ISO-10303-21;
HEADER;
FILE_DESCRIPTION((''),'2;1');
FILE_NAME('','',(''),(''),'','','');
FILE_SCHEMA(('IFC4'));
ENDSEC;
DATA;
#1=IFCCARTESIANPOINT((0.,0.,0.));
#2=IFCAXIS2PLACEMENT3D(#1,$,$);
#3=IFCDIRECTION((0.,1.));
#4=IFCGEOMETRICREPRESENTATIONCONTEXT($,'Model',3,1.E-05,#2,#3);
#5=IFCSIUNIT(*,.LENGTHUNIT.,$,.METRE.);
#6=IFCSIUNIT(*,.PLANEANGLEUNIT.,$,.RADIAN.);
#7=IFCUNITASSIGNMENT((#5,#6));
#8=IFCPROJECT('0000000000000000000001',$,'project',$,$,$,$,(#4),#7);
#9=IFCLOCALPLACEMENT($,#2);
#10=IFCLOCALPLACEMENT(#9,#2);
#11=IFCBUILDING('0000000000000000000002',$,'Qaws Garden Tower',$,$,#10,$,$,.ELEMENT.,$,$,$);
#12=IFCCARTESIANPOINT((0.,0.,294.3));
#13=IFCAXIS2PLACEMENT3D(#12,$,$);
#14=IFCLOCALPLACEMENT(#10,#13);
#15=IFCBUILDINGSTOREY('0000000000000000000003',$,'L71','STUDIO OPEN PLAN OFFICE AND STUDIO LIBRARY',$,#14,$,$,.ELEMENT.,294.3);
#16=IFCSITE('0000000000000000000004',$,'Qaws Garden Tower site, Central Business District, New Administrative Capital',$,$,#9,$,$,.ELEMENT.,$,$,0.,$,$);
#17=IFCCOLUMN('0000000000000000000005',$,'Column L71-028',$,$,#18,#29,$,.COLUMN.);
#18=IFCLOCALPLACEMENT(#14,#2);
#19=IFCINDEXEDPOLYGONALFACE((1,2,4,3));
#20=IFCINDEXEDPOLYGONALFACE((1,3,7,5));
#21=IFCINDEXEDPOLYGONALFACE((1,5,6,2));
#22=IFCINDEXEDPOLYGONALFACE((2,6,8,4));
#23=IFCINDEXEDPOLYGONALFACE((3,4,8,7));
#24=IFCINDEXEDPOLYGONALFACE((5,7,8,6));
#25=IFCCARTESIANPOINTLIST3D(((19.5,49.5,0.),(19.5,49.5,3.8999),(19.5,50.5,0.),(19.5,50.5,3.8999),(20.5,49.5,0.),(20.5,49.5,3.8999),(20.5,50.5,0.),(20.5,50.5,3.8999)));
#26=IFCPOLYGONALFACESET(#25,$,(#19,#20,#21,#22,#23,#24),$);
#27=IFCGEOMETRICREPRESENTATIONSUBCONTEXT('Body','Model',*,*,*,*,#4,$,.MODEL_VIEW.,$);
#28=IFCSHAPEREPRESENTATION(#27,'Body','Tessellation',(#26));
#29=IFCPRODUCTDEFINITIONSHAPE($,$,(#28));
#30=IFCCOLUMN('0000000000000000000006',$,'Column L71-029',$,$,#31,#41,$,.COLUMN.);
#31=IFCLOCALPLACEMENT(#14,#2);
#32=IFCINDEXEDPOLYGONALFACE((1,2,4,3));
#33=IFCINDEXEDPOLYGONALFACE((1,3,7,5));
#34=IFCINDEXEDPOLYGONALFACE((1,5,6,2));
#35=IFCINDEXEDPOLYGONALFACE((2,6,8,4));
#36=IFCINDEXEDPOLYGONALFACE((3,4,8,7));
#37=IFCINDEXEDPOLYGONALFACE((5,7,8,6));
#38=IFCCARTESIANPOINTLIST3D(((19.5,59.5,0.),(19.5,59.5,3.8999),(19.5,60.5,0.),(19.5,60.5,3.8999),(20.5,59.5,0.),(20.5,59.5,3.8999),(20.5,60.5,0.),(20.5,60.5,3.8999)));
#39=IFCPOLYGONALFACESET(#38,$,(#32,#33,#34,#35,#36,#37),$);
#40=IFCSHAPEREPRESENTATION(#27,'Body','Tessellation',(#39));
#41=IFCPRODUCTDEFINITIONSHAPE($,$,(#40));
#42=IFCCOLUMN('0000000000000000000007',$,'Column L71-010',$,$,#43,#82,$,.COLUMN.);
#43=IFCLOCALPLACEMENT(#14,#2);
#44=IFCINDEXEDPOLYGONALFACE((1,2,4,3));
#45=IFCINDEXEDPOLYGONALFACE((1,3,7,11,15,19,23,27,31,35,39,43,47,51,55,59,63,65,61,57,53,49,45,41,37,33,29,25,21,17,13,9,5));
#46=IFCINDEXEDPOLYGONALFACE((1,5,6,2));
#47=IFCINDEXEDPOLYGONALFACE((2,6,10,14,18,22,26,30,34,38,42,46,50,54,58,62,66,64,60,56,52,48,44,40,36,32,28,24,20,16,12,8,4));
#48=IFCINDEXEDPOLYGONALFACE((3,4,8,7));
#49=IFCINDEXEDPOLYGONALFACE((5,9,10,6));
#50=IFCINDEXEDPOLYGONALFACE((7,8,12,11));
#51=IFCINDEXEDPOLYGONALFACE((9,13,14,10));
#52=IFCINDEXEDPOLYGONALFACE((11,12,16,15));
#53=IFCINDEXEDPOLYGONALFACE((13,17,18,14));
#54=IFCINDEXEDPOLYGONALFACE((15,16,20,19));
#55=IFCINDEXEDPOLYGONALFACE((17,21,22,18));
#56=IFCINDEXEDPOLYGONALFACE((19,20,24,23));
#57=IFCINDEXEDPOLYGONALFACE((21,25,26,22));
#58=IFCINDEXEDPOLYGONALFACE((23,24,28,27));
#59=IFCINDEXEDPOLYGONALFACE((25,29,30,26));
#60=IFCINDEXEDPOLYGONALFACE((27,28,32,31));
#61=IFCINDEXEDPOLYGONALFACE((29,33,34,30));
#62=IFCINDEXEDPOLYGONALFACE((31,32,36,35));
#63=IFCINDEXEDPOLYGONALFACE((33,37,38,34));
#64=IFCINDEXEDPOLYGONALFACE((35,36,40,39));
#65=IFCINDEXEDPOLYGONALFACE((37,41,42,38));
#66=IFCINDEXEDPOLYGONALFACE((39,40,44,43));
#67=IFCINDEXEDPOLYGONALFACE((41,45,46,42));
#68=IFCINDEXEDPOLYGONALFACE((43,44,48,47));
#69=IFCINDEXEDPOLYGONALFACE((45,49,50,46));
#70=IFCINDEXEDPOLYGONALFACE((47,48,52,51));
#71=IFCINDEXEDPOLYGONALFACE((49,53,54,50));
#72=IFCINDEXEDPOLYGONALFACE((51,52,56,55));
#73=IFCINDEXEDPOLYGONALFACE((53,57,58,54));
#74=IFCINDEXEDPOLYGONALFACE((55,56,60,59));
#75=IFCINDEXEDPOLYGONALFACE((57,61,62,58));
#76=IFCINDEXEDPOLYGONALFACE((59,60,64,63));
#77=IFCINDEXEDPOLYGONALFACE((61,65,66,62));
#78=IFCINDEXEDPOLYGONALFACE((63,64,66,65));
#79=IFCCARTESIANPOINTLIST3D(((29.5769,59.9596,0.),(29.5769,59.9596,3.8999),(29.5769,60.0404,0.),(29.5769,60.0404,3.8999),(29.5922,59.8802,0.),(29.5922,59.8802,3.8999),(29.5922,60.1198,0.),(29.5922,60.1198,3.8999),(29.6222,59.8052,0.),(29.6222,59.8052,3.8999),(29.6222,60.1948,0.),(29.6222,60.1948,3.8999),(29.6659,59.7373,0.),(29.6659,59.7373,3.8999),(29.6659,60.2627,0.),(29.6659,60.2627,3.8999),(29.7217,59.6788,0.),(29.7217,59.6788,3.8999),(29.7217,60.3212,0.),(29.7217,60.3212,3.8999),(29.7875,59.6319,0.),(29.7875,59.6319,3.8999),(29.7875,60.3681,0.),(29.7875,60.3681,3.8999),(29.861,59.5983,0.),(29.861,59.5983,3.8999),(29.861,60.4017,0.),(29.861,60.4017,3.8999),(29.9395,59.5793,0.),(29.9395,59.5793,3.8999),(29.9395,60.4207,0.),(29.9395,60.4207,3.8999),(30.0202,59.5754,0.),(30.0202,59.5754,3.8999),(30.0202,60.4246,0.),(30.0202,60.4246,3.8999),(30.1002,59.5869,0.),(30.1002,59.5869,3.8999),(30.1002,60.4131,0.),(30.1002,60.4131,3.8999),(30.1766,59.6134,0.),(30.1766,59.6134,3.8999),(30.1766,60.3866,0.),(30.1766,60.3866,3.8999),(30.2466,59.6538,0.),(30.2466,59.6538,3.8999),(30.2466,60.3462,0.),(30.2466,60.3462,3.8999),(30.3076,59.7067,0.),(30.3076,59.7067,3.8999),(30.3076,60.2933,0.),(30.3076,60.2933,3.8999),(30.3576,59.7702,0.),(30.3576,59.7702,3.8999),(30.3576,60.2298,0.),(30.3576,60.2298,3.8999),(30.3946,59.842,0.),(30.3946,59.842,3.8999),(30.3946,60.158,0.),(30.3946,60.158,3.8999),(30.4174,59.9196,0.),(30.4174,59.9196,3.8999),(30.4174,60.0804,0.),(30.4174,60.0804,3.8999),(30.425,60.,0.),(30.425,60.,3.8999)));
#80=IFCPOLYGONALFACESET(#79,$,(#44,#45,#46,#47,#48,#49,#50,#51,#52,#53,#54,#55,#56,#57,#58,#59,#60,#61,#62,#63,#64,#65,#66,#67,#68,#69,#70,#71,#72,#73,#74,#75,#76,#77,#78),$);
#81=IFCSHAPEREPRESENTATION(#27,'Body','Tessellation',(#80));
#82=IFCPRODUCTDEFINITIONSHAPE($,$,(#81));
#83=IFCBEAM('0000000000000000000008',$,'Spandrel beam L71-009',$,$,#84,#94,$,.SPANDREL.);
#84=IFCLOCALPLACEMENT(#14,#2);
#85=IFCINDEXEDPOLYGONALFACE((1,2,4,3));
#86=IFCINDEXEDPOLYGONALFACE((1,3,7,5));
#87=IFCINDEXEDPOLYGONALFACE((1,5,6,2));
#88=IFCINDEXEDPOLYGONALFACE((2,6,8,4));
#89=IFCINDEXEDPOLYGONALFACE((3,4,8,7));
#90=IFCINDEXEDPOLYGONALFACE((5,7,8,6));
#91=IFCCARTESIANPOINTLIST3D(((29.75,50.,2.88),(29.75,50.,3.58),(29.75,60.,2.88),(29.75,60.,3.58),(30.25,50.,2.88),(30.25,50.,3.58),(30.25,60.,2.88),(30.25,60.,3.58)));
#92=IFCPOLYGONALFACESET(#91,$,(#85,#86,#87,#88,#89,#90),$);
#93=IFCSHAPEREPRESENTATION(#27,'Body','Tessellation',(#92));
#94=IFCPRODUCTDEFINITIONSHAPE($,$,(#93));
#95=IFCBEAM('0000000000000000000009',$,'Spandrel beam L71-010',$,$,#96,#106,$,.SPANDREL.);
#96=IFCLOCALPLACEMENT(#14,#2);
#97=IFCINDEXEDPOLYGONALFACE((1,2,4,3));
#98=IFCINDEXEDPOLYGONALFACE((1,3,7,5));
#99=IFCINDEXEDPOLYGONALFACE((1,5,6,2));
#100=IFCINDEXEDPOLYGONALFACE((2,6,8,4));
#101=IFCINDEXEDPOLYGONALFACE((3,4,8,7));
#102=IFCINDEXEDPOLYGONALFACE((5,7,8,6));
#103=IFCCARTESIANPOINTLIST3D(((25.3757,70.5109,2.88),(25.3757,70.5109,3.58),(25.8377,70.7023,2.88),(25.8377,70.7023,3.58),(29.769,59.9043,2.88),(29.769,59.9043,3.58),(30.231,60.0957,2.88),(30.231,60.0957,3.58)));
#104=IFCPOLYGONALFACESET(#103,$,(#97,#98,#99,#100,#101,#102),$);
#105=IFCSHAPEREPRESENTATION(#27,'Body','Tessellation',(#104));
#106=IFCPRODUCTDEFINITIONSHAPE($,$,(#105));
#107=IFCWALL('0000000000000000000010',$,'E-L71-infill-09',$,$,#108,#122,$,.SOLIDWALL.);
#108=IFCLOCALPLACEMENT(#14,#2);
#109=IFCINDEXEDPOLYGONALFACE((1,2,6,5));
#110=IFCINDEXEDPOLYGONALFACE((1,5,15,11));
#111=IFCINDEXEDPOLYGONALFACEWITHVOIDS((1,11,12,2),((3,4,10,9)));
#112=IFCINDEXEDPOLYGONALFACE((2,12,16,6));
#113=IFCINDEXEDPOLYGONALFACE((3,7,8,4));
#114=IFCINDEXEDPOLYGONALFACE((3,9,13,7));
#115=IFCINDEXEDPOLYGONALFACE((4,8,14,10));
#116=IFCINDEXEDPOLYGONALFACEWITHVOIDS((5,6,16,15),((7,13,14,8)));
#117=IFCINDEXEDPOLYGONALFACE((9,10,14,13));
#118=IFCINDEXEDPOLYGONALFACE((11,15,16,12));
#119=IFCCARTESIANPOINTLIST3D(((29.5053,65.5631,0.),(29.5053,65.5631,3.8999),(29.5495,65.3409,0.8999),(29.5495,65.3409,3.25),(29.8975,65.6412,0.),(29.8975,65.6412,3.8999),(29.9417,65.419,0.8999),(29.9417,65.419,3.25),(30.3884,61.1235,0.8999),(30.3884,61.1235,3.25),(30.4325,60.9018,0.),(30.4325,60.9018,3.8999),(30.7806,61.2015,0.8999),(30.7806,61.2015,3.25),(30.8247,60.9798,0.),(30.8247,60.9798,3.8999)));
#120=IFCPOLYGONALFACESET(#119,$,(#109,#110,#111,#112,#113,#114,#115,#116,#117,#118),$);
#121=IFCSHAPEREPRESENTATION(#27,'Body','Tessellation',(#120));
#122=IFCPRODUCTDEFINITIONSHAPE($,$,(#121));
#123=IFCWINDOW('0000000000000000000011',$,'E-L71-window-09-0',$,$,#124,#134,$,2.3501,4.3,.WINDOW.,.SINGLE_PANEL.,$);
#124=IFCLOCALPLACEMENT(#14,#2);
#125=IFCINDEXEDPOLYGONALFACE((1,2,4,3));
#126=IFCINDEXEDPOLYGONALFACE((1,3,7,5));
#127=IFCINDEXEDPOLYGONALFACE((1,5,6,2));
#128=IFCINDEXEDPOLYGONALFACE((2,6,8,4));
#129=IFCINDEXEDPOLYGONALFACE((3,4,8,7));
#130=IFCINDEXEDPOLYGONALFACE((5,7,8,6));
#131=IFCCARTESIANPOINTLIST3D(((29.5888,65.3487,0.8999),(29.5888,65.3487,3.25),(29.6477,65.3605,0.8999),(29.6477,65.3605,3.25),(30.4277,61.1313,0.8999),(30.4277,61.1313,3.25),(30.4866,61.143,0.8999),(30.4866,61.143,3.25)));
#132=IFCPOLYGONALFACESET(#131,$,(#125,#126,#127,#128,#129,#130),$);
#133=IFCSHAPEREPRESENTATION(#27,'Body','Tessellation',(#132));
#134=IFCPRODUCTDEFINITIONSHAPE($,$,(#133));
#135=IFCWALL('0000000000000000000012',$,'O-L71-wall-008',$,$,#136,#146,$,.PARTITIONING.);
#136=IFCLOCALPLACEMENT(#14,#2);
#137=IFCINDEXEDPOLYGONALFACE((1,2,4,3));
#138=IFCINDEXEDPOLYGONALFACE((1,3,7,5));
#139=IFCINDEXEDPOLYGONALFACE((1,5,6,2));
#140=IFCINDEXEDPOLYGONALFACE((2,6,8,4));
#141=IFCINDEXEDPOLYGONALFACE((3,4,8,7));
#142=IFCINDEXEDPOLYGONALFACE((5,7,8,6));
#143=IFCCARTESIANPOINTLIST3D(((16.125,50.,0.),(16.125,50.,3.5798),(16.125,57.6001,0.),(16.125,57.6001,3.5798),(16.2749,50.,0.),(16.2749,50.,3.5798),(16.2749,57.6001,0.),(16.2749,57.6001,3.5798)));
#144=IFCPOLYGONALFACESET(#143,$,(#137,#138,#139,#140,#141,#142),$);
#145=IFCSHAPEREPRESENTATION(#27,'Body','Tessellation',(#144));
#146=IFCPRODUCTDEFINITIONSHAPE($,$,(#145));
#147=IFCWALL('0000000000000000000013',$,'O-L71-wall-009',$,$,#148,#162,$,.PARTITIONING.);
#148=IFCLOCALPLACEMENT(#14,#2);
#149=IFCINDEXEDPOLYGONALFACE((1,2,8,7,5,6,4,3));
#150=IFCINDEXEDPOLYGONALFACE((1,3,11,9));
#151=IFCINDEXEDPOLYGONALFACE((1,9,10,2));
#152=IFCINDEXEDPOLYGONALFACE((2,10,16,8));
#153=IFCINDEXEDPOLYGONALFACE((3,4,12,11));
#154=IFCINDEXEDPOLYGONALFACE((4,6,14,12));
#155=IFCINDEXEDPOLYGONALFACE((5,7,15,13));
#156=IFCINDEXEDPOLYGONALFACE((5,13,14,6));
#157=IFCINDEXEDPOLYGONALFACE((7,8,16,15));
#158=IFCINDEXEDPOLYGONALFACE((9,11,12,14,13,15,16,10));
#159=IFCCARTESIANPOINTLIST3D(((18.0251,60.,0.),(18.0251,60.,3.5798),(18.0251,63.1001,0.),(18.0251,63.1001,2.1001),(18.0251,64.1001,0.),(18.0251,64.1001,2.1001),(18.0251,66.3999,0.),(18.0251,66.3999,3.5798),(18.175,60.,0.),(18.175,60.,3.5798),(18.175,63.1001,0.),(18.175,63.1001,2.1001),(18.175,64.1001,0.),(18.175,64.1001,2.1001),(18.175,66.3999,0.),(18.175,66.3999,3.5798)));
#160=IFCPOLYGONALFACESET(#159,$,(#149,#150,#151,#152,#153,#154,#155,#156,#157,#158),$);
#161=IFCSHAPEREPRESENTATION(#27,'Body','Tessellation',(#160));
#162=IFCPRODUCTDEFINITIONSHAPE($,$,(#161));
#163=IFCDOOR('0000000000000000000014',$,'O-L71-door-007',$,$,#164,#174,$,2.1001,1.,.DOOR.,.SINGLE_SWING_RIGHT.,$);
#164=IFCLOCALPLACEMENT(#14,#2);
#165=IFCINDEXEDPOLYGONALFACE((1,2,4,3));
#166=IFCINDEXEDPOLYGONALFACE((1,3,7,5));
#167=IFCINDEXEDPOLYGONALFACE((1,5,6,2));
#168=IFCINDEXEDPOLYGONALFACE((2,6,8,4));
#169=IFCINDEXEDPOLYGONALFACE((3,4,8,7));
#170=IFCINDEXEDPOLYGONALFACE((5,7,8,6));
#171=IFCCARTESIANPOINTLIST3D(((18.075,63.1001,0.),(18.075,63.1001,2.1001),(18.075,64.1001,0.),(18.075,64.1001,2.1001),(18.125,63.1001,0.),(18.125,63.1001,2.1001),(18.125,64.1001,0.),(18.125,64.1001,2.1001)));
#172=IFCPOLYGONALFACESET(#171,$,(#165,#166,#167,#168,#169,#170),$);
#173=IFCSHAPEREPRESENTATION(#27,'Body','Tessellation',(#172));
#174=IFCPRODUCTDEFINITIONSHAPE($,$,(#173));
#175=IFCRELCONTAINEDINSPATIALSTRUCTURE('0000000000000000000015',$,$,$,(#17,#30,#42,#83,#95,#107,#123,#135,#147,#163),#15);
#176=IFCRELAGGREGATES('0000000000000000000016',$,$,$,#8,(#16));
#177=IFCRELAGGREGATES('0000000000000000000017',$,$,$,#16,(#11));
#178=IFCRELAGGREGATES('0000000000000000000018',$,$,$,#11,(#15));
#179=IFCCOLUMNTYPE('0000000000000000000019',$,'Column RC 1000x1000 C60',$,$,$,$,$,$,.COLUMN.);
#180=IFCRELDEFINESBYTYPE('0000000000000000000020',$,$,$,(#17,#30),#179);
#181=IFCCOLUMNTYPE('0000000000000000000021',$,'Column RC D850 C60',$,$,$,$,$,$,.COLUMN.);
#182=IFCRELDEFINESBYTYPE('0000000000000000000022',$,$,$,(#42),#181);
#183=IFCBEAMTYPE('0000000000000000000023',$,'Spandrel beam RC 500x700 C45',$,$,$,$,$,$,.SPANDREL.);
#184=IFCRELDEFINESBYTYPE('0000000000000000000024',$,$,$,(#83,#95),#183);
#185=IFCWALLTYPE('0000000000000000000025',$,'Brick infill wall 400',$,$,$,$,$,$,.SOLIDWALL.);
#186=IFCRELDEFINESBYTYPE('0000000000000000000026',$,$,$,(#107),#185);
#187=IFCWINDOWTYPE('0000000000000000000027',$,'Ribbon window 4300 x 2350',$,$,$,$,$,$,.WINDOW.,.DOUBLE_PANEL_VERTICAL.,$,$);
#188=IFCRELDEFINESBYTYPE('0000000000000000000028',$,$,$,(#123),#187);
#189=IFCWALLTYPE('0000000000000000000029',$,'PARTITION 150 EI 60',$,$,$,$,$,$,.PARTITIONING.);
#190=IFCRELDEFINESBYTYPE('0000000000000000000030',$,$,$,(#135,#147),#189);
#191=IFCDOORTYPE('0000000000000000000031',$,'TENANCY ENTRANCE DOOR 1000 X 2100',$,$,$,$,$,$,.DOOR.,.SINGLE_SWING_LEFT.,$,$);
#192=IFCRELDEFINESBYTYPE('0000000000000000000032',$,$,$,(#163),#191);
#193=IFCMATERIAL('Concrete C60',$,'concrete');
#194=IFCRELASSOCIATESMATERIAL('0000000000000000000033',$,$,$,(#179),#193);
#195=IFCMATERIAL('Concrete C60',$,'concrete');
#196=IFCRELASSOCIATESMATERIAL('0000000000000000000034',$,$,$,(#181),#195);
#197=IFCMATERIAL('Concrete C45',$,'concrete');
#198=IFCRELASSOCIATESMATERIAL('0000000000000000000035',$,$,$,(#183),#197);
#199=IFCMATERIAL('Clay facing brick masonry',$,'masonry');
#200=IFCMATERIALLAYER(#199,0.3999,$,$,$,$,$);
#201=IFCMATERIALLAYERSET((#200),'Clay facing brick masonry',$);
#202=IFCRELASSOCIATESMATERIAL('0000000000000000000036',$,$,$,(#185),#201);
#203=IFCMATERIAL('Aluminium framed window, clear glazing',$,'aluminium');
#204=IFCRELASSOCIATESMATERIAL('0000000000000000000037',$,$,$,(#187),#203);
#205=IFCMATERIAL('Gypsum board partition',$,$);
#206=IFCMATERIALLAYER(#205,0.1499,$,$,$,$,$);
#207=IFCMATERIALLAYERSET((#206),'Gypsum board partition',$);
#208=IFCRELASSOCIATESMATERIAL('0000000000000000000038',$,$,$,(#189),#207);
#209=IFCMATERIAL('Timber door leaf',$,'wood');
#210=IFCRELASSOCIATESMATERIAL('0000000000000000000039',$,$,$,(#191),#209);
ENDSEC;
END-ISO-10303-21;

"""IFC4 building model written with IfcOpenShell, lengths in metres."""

from ifc_helpers import new_model, si_unit, direction, frame, frame_2d, origin, origin_2d, place, context, subcontext, project, spatial, rectangle, circle, extrude, material, layer, layer_set, material_profile, profile_set, type_object, element, fill, save


model = new_model("IFC4")

# Units and contexts
model_context = context("Model", 3, precision=1e-05, world=origin(), true_north=direction((0.0, 1.0)))
body_context = subcontext(model_context, "Body", "Model", "MODEL_VIEW")
ifc_project = project(units=[si_unit("LENGTHUNIT", "METRE"), si_unit("PLANEANGLEUNIT", "RADIAN")], contexts=[model_context])

# Site, building, storey
site_placement = place(None, origin())
site = spatial("IfcSite", under=ifc_project, at=site_placement, Name="Qaws Garden Tower site, Central Business District, New Administrative Capital", CompositionType="ELEMENT", RefElevation=0.0)
building_placement = place(site_placement, origin())
building = spatial("IfcBuilding", under=site, at=building_placement, Name="Qaws Garden Tower", CompositionType="ELEMENT")
storey_placement = place(building_placement, frame((0.0, 0.0, 294.3)))
storey = spatial("IfcBuildingStorey", under=building, at=storey_placement, Name="L71", Description="STUDIO OPEN PLAN OFFICE AND STUDIO LIBRARY", CompositionType="ELEMENT", Elevation=294.3)

# Columns
ifc_material_1 = material(Name="Concrete C60", Category="concrete")
ifc_material_profile_1 = material_profile(ifc_material_1, rectangle(XDim=1.0, YDim=1.0, at=origin_2d()), Name="RC 1000x1000")
ifc_profile_set_1 = profile_set([ifc_material_profile_1], Name="Concrete C60")
column_type_1 = type_object("IfcColumnType", Name="Column RC 1000x1000 C60", PredefinedType="COLUMN", material=ifc_profile_set_1)
for number, where, z_axis, x_axis, name in (
    (1, (20.0, 50.0, 0.0), (0.0, 0.0, 1.0), (1.0, 0.0, 0.0), "Column L71-028"),
    (2, (20.0, 60.0, 0.0), (0.0, 0.0, 1.0), (1.0, 0.0, 0.0), "Column L71-029"),
):
    element("IfcColumn", number, at=place(storey_placement, frame(where, z_axis=z_axis, x_axis=x_axis)), inside=storey, type_object=column_type_1, Name=name, PredefinedType="COLUMN", context=body_context, shape_type="SweptSolid", body=[
        extrude(rectangle(XDim=1.0, YDim=1.0, at=origin_2d()), origin(), (0.0, 0.0, 1.0), 3.8999),
    ])
ifc_material_2 = material(Name="Concrete C60", Category="concrete")
ifc_material_profile_2 = material_profile(ifc_material_2, circle(Radius=0.425, at=origin_2d()), Name="RC D850")
ifc_profile_set_2 = profile_set([ifc_material_profile_2], Name="Concrete C60")
column_type_2 = type_object("IfcColumnType", Name="Column RC D850 C60", PredefinedType="COLUMN", material=ifc_profile_set_2)
column_placement = place(storey_placement, frame((30.0, 60.0, 0.0), z_axis=(0.0, 0.0, 1.0), x_axis=(1.0, 0.0, 0.0)))
element("IfcColumn", 3, at=column_placement, inside=storey, type_object=column_type_2, Name="Column L71-010", PredefinedType="COLUMN", context=body_context, shape_type="SweptSolid", body=[
    extrude(circle(Radius=0.425, at=origin_2d()), origin(), (0.0, 0.0, 1.0), 3.8999),
])

# Beams
ifc_material_3 = material(Name="Concrete C45", Category="concrete")
ifc_material_profile_3 = material_profile(ifc_material_3, rectangle(XDim=0.5, YDim=0.7, at=origin_2d()), Name="RC 500x700")
ifc_profile_set_3 = profile_set([ifc_material_profile_3], Name="Concrete C45")
beam_type = type_object("IfcBeamType", Name="Spandrel beam RC 500x700 C45", PredefinedType="SPANDREL", material=ifc_profile_set_3)
beam_1_placement = place(storey_placement, frame((30.0, 50.0, 3.23), z_axis=(0.0, 1.0, 0.0), x_axis=(-1.0, 0.0, 0.0)))
element("IfcBeam", 4, at=beam_1_placement, inside=storey, type_object=beam_type, Name="Spandrel beam L71-009", PredefinedType="SPANDREL", context=body_context, shape_type="SweptSolid", body=[
    extrude(rectangle(XDim=0.5, YDim=0.7, at=origin_2d()), origin(), (0.0, 0.0, 1.0), 10.0),
])
beam_2_placement = place(storey_placement, frame((30.0, 60.0, 3.23), z_axis=(-0.382674, 0.923883, 0.0), x_axis=(-0.923883, -0.382674, 0.0)))
element("IfcBeam", 5, at=beam_2_placement, inside=storey, type_object=beam_type, Name="Spandrel beam L71-010", PredefinedType="SPANDREL", context=body_context, shape_type="SweptSolid", body=[
    extrude(rectangle(XDim=0.5, YDim=0.7, at=origin_2d()), origin(), (0.0, 0.0, 1.0), 11.4805),
])

# Wall, opening, window
ifc_material_4 = material(Name="Clay facing brick masonry", Category="masonry")
ifc_layer_1 = layer(ifc_material_4, 0.3999)
ifc_layer_set_1 = layer_set([ifc_layer_1], Name="Clay facing brick masonry")
wall_type_1 = type_object("IfcWallType", Name="Brick infill wall 400", PredefinedType="SOLIDWALL", material=ifc_layer_set_1)
wall_1_placement = place(storey_placement, frame((30.6287, 60.9407, 0.0), z_axis=(0.0, 0.0, 1.0), x_axis=(-0.195099, 0.980784, 0.0)))
wall_1 = element("IfcWall", 6, at=wall_1_placement, inside=storey, type_object=wall_type_1, Name="E-L71-infill-09", PredefinedType="SOLIDWALL", context=body_context, shape_type="SweptSolid", body=[
    extrude(rectangle(XDim=4.7527, YDim=0.3999, at=frame_2d((2.3765, 0.0))), origin(), (0.0, 0.0, 1.0), 3.8999),
])
opening_1_placement = place(wall_1_placement, frame((0.2263, 0.0, 0.8999)))
opening_1 = element("IfcOpeningElement", 7, at=opening_1_placement, cuts=wall_1, PredefinedType="OPENING", context=body_context, shape_type="SweptSolid", body=[
    extrude(rectangle(XDim=4.3, YDim=2.3501, at=frame_2d((2.1499, 1.175))), frame((0.0, 0.21, 0.0), z_axis=(0.0, -1.0, 0.0), x_axis=(1.0, 0.0, 0.0)), (0.0, 0.0, 1.0), 0.4199),
])
ifc_material_5 = material(Name="Aluminium framed window, clear glazing", Category="aluminium")
window_type = type_object("IfcWindowType", Name="Ribbon window 4300 x 2350", PartitioningType="DOUBLE_PANEL_VERTICAL", PredefinedType="WINDOW", material=ifc_material_5)
window_placement = place(opening_1_placement, origin())
window = element("IfcWindow", 8, at=window_placement, inside=storey, type_object=window_type, Name="E-L71-window-09-0", OverallHeight=2.3501, OverallWidth=4.3, PartitioningType="SINGLE_PANEL", PredefinedType="WINDOW", context=body_context, shape_type="SweptSolid", body=[
    extrude(rectangle(XDim=4.3, YDim=2.3501, at=frame_2d((2.1499, 1.175))), frame((0.0, 0.1599, 0.0), z_axis=(0.0, -1.0, 0.0), x_axis=(1.0, 0.0, 0.0)), (0.0, 0.0, 1.0), 0.0601),
])
fill(opening_1, window)

# Wall
ifc_material_6 = material(Name="Gypsum board partition")
ifc_layer_2 = layer(ifc_material_6, 0.1499)
ifc_layer_set_2 = layer_set([ifc_layer_2], Name="Gypsum board partition")
wall_type_2 = type_object("IfcWallType", Name="PARTITION 150 EI 60", PredefinedType="PARTITIONING", material=ifc_layer_set_2)
wall_2_placement = place(storey_placement, frame((16.2, 50.0, 0.0), z_axis=(0.0, 0.0, 1.0), x_axis=(0.0, 1.0, 0.0)))
element("IfcWall", 9, at=wall_2_placement, inside=storey, type_object=wall_type_2, Name="O-L71-wall-008", PredefinedType="PARTITIONING", context=body_context, shape_type="SweptSolid", body=[
    extrude(rectangle(XDim=7.6001, YDim=0.1499, at=frame_2d((3.8, 0.0))), origin(), (0.0, 0.0, 1.0), 3.5798),
])

# Wall, opening, door
wall_3_placement = place(storey_placement, frame((18.1001, 60.0, 0.0), z_axis=(0.0, 0.0, 1.0), x_axis=(0.0, 1.0, 0.0)))
wall_3 = element("IfcWall", 10, at=wall_3_placement, inside=storey, type_object=wall_type_2, Name="O-L71-wall-009", PredefinedType="PARTITIONING", context=body_context, shape_type="SweptSolid", body=[
    extrude(rectangle(XDim=6.3999, YDim=0.1499, at=frame_2d((3.2, 0.0))), origin(), (0.0, 0.0, 1.0), 3.5798),
])
opening_2_placement = place(wall_3_placement, frame((3.1001, 0.0, 0.0)))
opening_2 = element("IfcOpeningElement", 11, at=opening_2_placement, cuts=wall_3, PredefinedType="OPENING", context=body_context, shape_type="SweptSolid", body=[
    extrude(rectangle(XDim=1.0, YDim=2.1001, at=frame_2d((0.5, 1.05))), frame((0.0, 0.085, 0.0), z_axis=(0.0, -1.0, 0.0), x_axis=(1.0, 0.0, 0.0)), (0.0, 0.0, 1.0), 0.1699),
])
ifc_material_7 = material(Name="Timber door leaf", Category="wood")
door_type = type_object("IfcDoorType", Name="TENANCY ENTRANCE DOOR 1000 X 2100", OperationType="SINGLE_SWING_LEFT", PredefinedType="DOOR", material=ifc_material_7)
door_1_placement = place(opening_2_placement, frame((1.0, 0.0, 0.0), z_axis=(0.0, 0.0, 1.0), x_axis=(-1.0, 0.0, 0.0)))
door_1 = element("IfcDoor", 12, at=door_1_placement, inside=storey, type_object=door_type, Name="O-L71-door-007", OperationType="SINGLE_SWING_RIGHT", OverallHeight=2.1001, OverallWidth=1.0, PredefinedType="DOOR", context=body_context, shape_type="SweptSolid", body=[
    extrude(rectangle(XDim=1.0, YDim=2.1001, at=frame_2d((0.5, 1.05))), frame((0.0, 0.0249, 0.0), z_axis=(0.0, -1.0, 0.0), x_axis=(1.0, 0.0, 0.0)), (0.0, 0.0, 1.0), 0.05),
])
fill(opening_2, door_1)

save(model, "model.ifc")
